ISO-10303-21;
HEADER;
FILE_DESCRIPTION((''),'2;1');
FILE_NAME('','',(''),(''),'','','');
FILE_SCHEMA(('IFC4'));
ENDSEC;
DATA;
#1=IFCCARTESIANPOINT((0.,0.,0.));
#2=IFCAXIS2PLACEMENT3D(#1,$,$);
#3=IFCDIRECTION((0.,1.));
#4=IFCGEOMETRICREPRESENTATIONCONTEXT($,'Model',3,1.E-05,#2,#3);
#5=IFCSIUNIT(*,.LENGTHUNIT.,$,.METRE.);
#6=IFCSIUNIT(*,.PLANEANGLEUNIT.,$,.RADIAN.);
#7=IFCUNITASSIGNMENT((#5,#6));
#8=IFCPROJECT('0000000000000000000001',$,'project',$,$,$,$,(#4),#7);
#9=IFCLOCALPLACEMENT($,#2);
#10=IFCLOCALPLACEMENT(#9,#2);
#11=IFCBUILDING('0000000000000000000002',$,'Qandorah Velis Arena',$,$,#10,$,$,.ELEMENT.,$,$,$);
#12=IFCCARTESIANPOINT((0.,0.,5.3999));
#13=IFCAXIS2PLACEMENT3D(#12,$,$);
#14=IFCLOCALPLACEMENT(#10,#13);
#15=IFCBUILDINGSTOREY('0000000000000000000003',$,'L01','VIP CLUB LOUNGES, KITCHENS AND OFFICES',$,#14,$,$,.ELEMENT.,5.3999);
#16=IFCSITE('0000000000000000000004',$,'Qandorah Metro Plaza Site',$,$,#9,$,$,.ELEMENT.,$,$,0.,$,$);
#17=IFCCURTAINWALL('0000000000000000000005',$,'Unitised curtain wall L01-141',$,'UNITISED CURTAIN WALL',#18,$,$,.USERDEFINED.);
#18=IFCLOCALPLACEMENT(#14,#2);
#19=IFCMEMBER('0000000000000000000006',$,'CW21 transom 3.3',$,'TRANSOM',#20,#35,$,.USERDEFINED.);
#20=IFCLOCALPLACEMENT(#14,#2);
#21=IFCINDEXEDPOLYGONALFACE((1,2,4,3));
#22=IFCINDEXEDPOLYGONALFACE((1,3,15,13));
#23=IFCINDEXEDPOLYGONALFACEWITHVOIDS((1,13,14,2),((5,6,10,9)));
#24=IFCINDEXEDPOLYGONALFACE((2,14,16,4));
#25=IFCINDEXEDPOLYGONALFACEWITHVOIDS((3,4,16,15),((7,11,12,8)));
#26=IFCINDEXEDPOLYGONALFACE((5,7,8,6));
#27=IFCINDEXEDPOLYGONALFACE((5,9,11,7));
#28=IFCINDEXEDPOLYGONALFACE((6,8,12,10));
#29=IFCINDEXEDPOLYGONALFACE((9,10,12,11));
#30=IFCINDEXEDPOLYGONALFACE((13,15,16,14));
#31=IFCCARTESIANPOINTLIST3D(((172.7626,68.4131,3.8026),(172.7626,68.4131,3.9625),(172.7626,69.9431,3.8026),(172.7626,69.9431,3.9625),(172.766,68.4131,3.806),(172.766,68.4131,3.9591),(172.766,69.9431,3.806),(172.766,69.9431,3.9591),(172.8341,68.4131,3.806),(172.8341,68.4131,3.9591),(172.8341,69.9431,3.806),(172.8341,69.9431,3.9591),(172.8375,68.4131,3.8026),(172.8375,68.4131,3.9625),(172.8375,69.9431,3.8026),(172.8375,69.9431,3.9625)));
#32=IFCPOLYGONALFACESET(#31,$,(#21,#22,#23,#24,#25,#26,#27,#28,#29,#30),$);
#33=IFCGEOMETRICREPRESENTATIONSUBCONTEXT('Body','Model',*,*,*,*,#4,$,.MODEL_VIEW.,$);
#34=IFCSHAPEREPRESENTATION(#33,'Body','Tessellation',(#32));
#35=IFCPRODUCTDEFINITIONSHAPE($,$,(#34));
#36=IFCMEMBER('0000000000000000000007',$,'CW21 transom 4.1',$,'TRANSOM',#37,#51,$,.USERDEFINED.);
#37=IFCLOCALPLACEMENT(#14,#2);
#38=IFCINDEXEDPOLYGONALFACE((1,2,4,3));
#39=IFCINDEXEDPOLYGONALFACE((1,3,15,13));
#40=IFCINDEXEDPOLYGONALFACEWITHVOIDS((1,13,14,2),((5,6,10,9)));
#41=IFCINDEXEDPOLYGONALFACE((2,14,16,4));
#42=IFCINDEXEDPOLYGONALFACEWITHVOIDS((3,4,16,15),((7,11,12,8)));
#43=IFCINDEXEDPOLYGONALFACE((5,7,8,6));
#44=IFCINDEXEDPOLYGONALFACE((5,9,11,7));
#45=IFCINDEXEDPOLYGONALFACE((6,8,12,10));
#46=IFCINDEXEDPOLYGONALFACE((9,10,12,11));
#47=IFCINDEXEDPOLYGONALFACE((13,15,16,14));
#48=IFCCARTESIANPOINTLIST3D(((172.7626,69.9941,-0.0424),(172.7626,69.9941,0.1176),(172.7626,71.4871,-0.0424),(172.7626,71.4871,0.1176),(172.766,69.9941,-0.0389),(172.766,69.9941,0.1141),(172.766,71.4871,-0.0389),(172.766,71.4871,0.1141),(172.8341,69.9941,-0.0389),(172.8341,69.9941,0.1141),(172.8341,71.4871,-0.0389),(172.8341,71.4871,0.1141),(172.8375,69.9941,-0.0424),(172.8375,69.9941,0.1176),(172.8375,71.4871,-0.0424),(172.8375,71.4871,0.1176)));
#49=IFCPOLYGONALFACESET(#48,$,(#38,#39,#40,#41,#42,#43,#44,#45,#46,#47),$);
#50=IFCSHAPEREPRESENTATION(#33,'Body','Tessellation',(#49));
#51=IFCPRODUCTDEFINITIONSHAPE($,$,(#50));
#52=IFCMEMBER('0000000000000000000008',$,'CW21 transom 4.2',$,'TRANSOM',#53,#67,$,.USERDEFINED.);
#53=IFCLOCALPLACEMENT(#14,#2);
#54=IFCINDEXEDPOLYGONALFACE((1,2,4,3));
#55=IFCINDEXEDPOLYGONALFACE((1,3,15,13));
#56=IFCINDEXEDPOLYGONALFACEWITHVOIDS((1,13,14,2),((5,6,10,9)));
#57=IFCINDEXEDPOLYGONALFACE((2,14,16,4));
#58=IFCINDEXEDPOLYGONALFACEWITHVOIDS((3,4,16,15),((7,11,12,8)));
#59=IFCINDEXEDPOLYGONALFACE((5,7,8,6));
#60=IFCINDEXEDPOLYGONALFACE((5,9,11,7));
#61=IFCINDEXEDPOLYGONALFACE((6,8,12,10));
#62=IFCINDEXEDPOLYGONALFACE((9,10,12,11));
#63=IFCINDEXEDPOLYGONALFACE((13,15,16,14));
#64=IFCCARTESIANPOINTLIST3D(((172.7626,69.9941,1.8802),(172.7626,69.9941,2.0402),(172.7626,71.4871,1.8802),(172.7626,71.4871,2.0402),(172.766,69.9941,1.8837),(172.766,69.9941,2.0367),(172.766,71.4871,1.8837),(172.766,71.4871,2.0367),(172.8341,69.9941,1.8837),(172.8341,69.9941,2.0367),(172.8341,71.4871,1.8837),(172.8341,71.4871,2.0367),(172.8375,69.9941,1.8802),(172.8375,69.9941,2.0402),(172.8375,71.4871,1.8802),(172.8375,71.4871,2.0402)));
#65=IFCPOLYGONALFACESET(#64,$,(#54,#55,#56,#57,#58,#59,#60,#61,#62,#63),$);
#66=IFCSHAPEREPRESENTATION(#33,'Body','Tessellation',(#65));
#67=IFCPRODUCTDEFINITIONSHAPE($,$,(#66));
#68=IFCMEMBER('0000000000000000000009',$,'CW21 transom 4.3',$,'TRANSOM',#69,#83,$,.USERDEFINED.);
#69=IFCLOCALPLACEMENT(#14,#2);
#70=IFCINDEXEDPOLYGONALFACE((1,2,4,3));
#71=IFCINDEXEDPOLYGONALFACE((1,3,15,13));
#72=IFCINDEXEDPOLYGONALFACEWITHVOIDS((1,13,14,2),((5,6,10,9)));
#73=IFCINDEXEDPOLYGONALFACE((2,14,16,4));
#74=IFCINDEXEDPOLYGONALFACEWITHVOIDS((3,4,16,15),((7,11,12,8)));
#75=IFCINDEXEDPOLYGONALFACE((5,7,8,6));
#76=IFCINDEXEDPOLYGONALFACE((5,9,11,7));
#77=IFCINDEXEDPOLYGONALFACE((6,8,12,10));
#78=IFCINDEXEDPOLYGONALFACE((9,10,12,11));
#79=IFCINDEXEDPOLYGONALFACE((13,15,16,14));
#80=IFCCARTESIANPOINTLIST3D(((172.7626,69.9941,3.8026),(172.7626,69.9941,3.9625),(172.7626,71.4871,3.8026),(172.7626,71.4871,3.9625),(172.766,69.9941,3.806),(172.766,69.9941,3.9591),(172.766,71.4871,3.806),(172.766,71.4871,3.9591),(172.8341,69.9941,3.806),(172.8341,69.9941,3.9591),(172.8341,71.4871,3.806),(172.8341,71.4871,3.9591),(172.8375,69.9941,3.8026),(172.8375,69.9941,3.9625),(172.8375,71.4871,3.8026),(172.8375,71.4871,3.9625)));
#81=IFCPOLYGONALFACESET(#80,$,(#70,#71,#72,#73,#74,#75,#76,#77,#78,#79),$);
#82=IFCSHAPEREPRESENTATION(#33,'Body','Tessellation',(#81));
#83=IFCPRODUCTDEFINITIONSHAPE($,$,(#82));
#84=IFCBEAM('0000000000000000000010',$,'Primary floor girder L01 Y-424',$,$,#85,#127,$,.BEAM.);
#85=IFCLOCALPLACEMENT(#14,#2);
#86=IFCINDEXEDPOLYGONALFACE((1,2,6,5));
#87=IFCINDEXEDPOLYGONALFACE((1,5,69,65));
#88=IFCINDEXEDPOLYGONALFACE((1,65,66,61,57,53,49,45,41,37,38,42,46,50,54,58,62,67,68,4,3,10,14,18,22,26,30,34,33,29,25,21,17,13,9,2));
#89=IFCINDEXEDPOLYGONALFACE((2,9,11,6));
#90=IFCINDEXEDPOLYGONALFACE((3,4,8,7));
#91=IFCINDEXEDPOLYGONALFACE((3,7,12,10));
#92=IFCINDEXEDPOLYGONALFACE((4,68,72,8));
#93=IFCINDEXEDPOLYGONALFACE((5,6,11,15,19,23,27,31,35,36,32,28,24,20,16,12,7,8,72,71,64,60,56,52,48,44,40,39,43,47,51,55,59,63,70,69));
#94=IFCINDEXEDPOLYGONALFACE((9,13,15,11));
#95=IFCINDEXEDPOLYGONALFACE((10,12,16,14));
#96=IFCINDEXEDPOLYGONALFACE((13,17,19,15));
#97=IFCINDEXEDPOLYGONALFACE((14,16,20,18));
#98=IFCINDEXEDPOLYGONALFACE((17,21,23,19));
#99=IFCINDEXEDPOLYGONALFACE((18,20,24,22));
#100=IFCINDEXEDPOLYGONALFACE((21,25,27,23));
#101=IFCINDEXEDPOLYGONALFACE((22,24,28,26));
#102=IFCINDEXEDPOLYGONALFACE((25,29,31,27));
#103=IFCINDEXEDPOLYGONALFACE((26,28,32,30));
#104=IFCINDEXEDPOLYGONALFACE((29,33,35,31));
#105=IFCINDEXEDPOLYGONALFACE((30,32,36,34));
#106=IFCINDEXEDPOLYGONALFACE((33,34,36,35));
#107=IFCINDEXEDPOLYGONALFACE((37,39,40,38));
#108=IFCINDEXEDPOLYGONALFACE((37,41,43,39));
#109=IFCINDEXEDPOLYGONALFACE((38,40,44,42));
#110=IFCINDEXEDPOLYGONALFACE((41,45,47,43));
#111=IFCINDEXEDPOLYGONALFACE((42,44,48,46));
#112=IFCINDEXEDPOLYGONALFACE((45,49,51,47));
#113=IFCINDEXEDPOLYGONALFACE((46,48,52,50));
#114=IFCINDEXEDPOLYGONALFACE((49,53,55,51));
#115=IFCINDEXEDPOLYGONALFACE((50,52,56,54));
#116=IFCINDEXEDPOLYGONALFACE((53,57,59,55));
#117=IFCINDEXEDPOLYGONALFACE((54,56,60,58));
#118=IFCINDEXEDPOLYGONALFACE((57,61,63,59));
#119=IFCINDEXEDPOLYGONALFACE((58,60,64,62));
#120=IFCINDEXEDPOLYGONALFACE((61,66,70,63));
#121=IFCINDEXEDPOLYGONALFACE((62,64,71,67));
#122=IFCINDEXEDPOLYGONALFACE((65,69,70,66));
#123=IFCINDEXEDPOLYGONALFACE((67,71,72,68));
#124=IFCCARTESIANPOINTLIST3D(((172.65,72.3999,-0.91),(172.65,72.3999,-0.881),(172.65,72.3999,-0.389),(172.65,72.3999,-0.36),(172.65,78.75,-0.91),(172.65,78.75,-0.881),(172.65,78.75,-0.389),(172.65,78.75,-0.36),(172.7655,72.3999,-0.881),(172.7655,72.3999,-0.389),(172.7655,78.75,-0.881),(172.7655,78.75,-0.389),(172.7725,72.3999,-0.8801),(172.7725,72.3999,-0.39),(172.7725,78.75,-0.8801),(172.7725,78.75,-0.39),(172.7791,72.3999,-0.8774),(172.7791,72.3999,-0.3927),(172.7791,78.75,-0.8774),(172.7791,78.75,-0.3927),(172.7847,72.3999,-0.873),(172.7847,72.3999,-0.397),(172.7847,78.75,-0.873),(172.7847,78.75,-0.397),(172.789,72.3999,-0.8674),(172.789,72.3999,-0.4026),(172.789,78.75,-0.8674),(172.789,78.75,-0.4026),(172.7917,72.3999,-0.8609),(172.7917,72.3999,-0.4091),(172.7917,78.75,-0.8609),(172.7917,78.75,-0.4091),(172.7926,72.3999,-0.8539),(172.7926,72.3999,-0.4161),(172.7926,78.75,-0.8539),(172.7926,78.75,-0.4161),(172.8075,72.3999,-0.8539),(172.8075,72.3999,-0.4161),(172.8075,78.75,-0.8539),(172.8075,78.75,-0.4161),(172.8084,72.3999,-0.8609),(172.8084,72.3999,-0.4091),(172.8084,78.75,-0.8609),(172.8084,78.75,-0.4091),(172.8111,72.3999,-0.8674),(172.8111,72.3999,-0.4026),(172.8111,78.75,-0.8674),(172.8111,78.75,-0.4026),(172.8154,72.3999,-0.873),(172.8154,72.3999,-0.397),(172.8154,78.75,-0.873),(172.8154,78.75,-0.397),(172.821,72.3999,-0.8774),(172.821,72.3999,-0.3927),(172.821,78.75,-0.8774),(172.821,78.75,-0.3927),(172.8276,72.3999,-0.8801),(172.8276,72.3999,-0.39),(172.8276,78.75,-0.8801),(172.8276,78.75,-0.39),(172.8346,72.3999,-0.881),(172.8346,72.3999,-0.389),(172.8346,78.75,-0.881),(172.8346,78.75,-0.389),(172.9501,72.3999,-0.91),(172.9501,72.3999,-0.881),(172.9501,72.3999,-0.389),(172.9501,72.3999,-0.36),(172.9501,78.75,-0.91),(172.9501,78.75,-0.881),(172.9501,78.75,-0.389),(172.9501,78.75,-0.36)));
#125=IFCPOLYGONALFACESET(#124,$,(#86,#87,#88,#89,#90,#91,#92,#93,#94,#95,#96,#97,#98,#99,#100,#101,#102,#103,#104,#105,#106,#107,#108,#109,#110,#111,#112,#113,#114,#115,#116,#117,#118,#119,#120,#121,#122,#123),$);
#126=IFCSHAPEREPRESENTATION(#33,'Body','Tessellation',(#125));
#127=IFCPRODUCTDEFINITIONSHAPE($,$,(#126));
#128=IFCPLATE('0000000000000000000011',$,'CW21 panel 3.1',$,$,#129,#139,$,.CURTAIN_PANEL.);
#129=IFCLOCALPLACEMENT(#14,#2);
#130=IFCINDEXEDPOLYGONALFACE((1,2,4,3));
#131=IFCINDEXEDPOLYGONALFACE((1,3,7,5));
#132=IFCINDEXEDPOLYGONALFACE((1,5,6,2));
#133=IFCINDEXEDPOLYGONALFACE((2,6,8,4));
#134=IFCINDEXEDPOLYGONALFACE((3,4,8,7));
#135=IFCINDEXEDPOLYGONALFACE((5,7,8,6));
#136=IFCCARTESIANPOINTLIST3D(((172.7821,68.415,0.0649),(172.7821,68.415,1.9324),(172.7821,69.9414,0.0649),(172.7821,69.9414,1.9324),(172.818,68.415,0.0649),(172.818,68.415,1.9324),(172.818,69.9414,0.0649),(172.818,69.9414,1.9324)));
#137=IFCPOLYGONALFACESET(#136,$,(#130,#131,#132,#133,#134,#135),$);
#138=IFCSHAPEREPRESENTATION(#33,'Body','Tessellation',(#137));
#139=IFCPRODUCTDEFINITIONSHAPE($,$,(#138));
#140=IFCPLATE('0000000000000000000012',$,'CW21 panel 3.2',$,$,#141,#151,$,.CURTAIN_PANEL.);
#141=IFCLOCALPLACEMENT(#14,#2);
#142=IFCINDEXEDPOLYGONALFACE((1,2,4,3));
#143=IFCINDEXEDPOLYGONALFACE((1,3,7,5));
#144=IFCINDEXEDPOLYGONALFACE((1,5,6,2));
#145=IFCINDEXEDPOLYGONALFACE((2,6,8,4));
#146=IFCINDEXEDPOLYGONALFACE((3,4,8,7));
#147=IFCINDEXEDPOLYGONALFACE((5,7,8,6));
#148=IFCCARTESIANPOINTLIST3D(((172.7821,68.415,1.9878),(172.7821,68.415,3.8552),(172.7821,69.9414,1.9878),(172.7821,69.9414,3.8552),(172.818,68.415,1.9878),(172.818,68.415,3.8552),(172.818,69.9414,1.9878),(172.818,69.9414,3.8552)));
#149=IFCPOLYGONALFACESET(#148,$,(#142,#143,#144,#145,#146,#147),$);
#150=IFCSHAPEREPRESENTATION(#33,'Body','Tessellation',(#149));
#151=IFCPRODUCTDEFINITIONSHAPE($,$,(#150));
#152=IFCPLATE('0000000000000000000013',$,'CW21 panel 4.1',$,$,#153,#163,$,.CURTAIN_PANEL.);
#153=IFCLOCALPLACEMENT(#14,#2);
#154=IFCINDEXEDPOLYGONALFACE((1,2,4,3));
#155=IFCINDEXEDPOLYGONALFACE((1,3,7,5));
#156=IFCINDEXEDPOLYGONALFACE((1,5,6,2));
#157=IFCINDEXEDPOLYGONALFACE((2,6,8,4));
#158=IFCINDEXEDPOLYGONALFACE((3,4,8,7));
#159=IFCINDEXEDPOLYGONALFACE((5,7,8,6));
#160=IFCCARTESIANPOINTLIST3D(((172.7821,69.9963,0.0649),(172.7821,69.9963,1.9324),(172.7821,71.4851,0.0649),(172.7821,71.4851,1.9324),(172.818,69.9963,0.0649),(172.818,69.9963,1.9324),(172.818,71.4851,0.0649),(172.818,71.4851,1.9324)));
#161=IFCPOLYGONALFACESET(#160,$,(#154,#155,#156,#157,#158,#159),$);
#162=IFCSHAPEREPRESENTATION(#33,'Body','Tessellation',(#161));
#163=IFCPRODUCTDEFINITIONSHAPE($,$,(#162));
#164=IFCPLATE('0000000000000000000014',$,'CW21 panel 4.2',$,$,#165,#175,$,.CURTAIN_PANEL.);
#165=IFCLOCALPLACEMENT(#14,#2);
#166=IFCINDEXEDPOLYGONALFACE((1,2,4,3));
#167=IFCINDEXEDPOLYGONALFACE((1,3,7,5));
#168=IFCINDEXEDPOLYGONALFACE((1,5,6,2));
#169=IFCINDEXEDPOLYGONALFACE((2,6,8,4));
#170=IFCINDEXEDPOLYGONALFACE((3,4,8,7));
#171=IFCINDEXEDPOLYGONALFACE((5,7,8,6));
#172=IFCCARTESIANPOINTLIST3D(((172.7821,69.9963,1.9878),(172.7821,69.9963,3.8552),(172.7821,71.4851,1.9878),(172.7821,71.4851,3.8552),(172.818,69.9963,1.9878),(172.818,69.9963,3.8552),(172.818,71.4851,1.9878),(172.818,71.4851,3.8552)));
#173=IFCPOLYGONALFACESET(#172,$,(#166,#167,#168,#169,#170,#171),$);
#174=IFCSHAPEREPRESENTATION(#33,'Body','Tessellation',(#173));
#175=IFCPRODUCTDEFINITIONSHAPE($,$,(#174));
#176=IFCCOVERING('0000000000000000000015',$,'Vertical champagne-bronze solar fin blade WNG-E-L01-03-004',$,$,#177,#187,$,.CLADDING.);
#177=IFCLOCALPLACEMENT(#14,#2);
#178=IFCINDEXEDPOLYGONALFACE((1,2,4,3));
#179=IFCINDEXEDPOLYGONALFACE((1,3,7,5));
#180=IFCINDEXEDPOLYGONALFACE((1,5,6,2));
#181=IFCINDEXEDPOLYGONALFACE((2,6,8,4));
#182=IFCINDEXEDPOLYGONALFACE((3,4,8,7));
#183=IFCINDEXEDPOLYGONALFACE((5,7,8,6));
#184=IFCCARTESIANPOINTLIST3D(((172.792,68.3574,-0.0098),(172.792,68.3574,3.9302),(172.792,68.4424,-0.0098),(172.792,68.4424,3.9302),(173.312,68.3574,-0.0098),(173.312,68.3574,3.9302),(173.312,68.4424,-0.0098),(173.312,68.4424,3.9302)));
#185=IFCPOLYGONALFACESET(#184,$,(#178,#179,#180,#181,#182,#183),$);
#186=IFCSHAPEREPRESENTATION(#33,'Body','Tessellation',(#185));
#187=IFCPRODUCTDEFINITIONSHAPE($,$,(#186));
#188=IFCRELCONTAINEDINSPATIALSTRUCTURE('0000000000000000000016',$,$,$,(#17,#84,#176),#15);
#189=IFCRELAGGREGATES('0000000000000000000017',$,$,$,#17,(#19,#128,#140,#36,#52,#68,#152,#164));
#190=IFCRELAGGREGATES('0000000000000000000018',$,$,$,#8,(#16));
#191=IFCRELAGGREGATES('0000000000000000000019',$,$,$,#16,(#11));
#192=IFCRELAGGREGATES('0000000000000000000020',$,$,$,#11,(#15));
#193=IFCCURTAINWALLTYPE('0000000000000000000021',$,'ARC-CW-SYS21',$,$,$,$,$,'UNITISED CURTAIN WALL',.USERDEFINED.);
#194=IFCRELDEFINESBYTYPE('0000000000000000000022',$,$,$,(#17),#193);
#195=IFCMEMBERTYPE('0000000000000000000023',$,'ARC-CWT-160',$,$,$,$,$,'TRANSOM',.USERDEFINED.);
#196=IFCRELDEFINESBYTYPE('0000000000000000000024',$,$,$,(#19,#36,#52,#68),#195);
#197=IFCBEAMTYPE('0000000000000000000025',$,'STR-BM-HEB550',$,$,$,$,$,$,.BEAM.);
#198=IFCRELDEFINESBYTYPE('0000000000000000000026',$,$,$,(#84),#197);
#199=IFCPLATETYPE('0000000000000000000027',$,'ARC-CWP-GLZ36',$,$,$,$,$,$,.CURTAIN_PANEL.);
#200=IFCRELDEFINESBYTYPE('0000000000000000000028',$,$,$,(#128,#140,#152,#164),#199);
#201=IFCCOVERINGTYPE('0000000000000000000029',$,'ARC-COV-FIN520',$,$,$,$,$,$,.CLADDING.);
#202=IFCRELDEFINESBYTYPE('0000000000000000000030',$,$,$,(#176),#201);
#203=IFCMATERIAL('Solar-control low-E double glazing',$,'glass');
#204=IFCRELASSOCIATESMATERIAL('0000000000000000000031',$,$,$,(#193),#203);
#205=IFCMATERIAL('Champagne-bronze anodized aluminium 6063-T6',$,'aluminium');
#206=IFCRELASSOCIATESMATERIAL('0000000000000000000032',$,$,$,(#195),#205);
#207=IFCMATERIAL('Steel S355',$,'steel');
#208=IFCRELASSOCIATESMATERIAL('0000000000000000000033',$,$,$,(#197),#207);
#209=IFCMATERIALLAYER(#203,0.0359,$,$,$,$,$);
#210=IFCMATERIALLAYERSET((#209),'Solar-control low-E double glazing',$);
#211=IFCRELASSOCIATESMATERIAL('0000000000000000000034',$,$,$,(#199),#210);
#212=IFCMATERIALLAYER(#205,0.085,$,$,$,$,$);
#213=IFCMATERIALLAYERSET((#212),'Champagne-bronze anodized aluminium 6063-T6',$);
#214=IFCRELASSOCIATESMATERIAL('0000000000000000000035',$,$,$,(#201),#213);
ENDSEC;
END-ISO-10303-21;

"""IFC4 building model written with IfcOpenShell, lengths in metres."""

from ifc_helpers import new_model, si_unit, direction, frame, origin, origin_2d, place, context, subcontext, project, spatial, rectangle, hollow_rectangle, i_section, extrude, material, layer, layer_set, material_profile, profile_set, type_object, element, aggregate, save


model = new_model("IFC4")

# Units and contexts
model_context = context("Model", 3, precision=1e-05, world=origin(), true_north=direction((0.0, 1.0)))
body_context = subcontext(model_context, "Body", "Model", "MODEL_VIEW")
ifc_project = project(units=[si_unit("LENGTHUNIT", "METRE"), si_unit("PLANEANGLEUNIT", "RADIAN")], contexts=[model_context])

# Site, building, storey
site_placement = place(None, origin())
site = spatial("IfcSite", under=ifc_project, at=site_placement, Name="Qandorah Metro Plaza Site", CompositionType="ELEMENT", RefElevation=0.0)
building_placement = place(site_placement, origin())
building = spatial("IfcBuilding", under=site, at=building_placement, Name="Qandorah Velis Arena", CompositionType="ELEMENT")
storey_placement = place(building_placement, frame((0.0, 0.0, 5.3999)))
storey = spatial("IfcBuildingStorey", under=building, at=storey_placement, Name="L01", Description="VIP CLUB LOUNGES, KITCHENS AND OFFICES", CompositionType="ELEMENT", Elevation=5.3999)

# Shared definitions
ifc_material_1 = material(Name="Solar-control low-E double glazing", Category="glass")
ifc_material_2 = material(Name="Champagne-bronze anodized aluminium 6063-T6", Category="aluminium")

# Curtain wall
curtain_wall_type_1 = type_object("IfcCurtainWallType", Name="ARC-CW-SYS21", ElementType="UNITISED CURTAIN WALL", PredefinedType="USERDEFINED", material=ifc_material_1)
curtain_wall_1_placement = place(storey_placement, origin())
curtain_wall_1 = element("IfcCurtainWall", 1, at=curtain_wall_1_placement, inside=storey, type_object=curtain_wall_type_1, Name="Unitised curtain wall L01-141", ObjectType="UNITISED CURTAIN WALL", PredefinedType="USERDEFINED")

# Members
ifc_material_profile_1 = material_profile(ifc_material_2, hollow_rectangle(XDim=0.075, YDim=0.1599, WallThickness=0.0034, at=origin_2d()), Name="ALU TRANSOM 75x160")
ifc_profile_set_1 = profile_set([ifc_material_profile_1], Name="Champagne-bronze anodized aluminium 6063-T6")
member_type_1 = type_object("IfcMemberType", Name="ARC-CWT-160", ElementType="TRANSOM", PredefinedType="USERDEFINED", material=ifc_profile_set_1)
member_1_placement = place(storey_placement, frame((172.8, 68.4131, 3.8826), z_axis=(0.0, 1.0, 0.0), x_axis=(-1.0, 0.0, 0.0)))
member_1 = element("IfcMember", 2, at=member_1_placement, type_object=member_type_1, Name="CW21 transom 3.3", ObjectType="TRANSOM", PredefinedType="USERDEFINED", context=body_context, shape_type="SweptSolid", body=[
    extrude(hollow_rectangle(XDim=0.075, YDim=0.1599, WallThickness=0.0034, at=origin_2d()), origin(), (0.0, 0.0, 1.0), 1.53),
])
member_2_placement = place(storey_placement, frame((172.8, 69.9941, 0.0376), z_axis=(0.0, 1.0, 0.0), x_axis=(-1.0, 0.0, 0.0)))
member_2 = element("IfcMember", 3, at=member_2_placement, type_object=member_type_1, Name="CW21 transom 4.1", ObjectType="TRANSOM", PredefinedType="USERDEFINED", context=body_context, shape_type="SweptSolid", body=[
    extrude(hollow_rectangle(XDim=0.075, YDim=0.1599, WallThickness=0.0034, at=origin_2d()), origin(), (0.0, 0.0, 1.0), 1.4929),
])
member_3_placement = place(storey_placement, frame((172.8, 69.9941, 1.9602), z_axis=(0.0, 1.0, 0.0), x_axis=(-1.0, 0.0, 0.0)))
member_3 = element("IfcMember", 4, at=member_3_placement, type_object=member_type_1, Name="CW21 transom 4.2", ObjectType="TRANSOM", PredefinedType="USERDEFINED", context=body_context, shape_type="SweptSolid", body=[
    extrude(hollow_rectangle(XDim=0.075, YDim=0.1599, WallThickness=0.0034, at=origin_2d()), origin(), (0.0, 0.0, 1.0), 1.4929),
])
member_4_placement = place(storey_placement, frame((172.8, 69.9941, 3.8826), z_axis=(0.0, 1.0, 0.0), x_axis=(-1.0, 0.0, 0.0)))
member_4 = element("IfcMember", 5, at=member_4_placement, type_object=member_type_1, Name="CW21 transom 4.3", ObjectType="TRANSOM", PredefinedType="USERDEFINED", context=body_context, shape_type="SweptSolid", body=[
    extrude(hollow_rectangle(XDim=0.075, YDim=0.1599, WallThickness=0.0034, at=origin_2d()), origin(), (0.0, 0.0, 1.0), 1.4929),
])

# Beam
ifc_material_3 = material(Name="Steel S355", Category="steel")
ifc_material_profile_2 = material_profile(ifc_material_3, i_section(OverallWidth=0.3, OverallDepth=0.55, WebThickness=0.0149, FlangeThickness=0.0291, FilletRadius=0.0271, at=origin_2d()), Name="HEB 550")
ifc_profile_set_2 = profile_set([ifc_material_profile_2], Name="Steel S355")
beam_type = type_object("IfcBeamType", Name="STR-BM-HEB550", PredefinedType="BEAM", material=ifc_profile_set_2)
beam_placement = place(storey_placement, frame((172.8, 72.3999, -0.635), z_axis=(0.0, 1.0, 0.0), x_axis=(-1.0, 0.0, 0.0)))
element("IfcBeam", 6, at=beam_placement, inside=storey, type_object=beam_type, Name="Primary floor girder L01 Y-424", PredefinedType="BEAM", context=body_context, shape_type="SweptSolid", body=[
    extrude(i_section(OverallWidth=0.3, OverallDepth=0.55, WebThickness=0.0149, FlangeThickness=0.0291, FilletRadius=0.0271, at=origin_2d()), origin(), (0.0, 0.0, 1.0), 6.3501),
])

# Plates
ifc_layer_1 = layer(ifc_material_1, 0.0359)
ifc_layer_set_1 = layer_set([ifc_layer_1], Name="Solar-control low-E double glazing")
plate_type = type_object("IfcPlateType", Name="ARC-CWP-GLZ36", PredefinedType="CURTAIN_PANEL", material=ifc_layer_set_1)
plate_1_placement = place(storey_placement, frame((172.8, 69.1782, 0.0649), z_axis=(0.0, 0.0, 1.0), x_axis=(0.0, 1.0, 0.0)))
plate_1 = element("IfcPlate", 7, at=plate_1_placement, type_object=plate_type, Name="CW21 panel 3.1", PredefinedType="CURTAIN_PANEL", context=body_context, shape_type="SweptSolid", body=[
    extrude(rectangle(XDim=1.5264, YDim=0.0359, at=origin_2d()), origin(), (0.0, 0.0, 1.0), 1.8674),
])
plate_2_placement = place(storey_placement, frame((172.8, 69.1782, 1.9878), z_axis=(0.0, 0.0, 1.0), x_axis=(0.0, 1.0, 0.0)))
plate_2 = element("IfcPlate", 8, at=plate_2_placement, type_object=plate_type, Name="CW21 panel 3.2", PredefinedType="CURTAIN_PANEL", context=body_context, shape_type="SweptSolid", body=[
    extrude(rectangle(XDim=1.5264, YDim=0.0359, at=origin_2d()), origin(), (0.0, 0.0, 1.0), 1.8674),
])
plate_3_placement = place(storey_placement, frame((172.8, 70.7407, 0.0649), z_axis=(0.0, 0.0, 1.0), x_axis=(0.0, 1.0, 0.0)))
plate_3 = element("IfcPlate", 9, at=plate_3_placement, type_object=plate_type, Name="CW21 panel 4.1", PredefinedType="CURTAIN_PANEL", context=body_context, shape_type="SweptSolid", body=[
    extrude(rectangle(XDim=1.4888, YDim=0.0359, at=origin_2d()), origin(), (0.0, 0.0, 1.0), 1.8674),
])
plate_4_placement = place(storey_placement, frame((172.8, 70.7407, 1.9878), z_axis=(0.0, 0.0, 1.0), x_axis=(0.0, 1.0, 0.0)))
plate_4 = element("IfcPlate", 10, at=plate_4_placement, type_object=plate_type, Name="CW21 panel 4.2", PredefinedType="CURTAIN_PANEL", context=body_context, shape_type="SweptSolid", body=[
    extrude(rectangle(XDim=1.4888, YDim=0.0359, at=origin_2d()), origin(), (0.0, 0.0, 1.0), 1.8674),
])
aggregate(curtain_wall_1, [member_1, plate_1, plate_2, member_2, member_3, member_4, plate_3, plate_4])

# Covering
ifc_layer_2 = layer(ifc_material_2, 0.085)
ifc_layer_set_2 = layer_set([ifc_layer_2], Name="Champagne-bronze anodized aluminium 6063-T6")
covering_type = type_object("IfcCoveringType", Name="ARC-COV-FIN520", PredefinedType="CLADDING", material=ifc_layer_set_2)
for number, where, z_axis, x_axis, name in (
    (11, (173.052, 68.3999, -0.0098), (0.0, 0.0, 1.0), (1.0, 0.0, 0.0), "Vertical champagne-bronze solar fin blade WNG-E-L01-03-004"),
):
    element("IfcCovering", number, at=place(storey_placement, frame(where, z_axis=z_axis, x_axis=x_axis)), inside=storey, type_object=covering_type, Name=name, PredefinedType="CLADDING", context=body_context, shape_type="SweptSolid", body=[
        extrude(rectangle(XDim=0.52, YDim=0.085, at=origin_2d()), origin(), (0.0, 0.0, 1.0), 3.9399),
    ])

save(model, "model.ifc")
